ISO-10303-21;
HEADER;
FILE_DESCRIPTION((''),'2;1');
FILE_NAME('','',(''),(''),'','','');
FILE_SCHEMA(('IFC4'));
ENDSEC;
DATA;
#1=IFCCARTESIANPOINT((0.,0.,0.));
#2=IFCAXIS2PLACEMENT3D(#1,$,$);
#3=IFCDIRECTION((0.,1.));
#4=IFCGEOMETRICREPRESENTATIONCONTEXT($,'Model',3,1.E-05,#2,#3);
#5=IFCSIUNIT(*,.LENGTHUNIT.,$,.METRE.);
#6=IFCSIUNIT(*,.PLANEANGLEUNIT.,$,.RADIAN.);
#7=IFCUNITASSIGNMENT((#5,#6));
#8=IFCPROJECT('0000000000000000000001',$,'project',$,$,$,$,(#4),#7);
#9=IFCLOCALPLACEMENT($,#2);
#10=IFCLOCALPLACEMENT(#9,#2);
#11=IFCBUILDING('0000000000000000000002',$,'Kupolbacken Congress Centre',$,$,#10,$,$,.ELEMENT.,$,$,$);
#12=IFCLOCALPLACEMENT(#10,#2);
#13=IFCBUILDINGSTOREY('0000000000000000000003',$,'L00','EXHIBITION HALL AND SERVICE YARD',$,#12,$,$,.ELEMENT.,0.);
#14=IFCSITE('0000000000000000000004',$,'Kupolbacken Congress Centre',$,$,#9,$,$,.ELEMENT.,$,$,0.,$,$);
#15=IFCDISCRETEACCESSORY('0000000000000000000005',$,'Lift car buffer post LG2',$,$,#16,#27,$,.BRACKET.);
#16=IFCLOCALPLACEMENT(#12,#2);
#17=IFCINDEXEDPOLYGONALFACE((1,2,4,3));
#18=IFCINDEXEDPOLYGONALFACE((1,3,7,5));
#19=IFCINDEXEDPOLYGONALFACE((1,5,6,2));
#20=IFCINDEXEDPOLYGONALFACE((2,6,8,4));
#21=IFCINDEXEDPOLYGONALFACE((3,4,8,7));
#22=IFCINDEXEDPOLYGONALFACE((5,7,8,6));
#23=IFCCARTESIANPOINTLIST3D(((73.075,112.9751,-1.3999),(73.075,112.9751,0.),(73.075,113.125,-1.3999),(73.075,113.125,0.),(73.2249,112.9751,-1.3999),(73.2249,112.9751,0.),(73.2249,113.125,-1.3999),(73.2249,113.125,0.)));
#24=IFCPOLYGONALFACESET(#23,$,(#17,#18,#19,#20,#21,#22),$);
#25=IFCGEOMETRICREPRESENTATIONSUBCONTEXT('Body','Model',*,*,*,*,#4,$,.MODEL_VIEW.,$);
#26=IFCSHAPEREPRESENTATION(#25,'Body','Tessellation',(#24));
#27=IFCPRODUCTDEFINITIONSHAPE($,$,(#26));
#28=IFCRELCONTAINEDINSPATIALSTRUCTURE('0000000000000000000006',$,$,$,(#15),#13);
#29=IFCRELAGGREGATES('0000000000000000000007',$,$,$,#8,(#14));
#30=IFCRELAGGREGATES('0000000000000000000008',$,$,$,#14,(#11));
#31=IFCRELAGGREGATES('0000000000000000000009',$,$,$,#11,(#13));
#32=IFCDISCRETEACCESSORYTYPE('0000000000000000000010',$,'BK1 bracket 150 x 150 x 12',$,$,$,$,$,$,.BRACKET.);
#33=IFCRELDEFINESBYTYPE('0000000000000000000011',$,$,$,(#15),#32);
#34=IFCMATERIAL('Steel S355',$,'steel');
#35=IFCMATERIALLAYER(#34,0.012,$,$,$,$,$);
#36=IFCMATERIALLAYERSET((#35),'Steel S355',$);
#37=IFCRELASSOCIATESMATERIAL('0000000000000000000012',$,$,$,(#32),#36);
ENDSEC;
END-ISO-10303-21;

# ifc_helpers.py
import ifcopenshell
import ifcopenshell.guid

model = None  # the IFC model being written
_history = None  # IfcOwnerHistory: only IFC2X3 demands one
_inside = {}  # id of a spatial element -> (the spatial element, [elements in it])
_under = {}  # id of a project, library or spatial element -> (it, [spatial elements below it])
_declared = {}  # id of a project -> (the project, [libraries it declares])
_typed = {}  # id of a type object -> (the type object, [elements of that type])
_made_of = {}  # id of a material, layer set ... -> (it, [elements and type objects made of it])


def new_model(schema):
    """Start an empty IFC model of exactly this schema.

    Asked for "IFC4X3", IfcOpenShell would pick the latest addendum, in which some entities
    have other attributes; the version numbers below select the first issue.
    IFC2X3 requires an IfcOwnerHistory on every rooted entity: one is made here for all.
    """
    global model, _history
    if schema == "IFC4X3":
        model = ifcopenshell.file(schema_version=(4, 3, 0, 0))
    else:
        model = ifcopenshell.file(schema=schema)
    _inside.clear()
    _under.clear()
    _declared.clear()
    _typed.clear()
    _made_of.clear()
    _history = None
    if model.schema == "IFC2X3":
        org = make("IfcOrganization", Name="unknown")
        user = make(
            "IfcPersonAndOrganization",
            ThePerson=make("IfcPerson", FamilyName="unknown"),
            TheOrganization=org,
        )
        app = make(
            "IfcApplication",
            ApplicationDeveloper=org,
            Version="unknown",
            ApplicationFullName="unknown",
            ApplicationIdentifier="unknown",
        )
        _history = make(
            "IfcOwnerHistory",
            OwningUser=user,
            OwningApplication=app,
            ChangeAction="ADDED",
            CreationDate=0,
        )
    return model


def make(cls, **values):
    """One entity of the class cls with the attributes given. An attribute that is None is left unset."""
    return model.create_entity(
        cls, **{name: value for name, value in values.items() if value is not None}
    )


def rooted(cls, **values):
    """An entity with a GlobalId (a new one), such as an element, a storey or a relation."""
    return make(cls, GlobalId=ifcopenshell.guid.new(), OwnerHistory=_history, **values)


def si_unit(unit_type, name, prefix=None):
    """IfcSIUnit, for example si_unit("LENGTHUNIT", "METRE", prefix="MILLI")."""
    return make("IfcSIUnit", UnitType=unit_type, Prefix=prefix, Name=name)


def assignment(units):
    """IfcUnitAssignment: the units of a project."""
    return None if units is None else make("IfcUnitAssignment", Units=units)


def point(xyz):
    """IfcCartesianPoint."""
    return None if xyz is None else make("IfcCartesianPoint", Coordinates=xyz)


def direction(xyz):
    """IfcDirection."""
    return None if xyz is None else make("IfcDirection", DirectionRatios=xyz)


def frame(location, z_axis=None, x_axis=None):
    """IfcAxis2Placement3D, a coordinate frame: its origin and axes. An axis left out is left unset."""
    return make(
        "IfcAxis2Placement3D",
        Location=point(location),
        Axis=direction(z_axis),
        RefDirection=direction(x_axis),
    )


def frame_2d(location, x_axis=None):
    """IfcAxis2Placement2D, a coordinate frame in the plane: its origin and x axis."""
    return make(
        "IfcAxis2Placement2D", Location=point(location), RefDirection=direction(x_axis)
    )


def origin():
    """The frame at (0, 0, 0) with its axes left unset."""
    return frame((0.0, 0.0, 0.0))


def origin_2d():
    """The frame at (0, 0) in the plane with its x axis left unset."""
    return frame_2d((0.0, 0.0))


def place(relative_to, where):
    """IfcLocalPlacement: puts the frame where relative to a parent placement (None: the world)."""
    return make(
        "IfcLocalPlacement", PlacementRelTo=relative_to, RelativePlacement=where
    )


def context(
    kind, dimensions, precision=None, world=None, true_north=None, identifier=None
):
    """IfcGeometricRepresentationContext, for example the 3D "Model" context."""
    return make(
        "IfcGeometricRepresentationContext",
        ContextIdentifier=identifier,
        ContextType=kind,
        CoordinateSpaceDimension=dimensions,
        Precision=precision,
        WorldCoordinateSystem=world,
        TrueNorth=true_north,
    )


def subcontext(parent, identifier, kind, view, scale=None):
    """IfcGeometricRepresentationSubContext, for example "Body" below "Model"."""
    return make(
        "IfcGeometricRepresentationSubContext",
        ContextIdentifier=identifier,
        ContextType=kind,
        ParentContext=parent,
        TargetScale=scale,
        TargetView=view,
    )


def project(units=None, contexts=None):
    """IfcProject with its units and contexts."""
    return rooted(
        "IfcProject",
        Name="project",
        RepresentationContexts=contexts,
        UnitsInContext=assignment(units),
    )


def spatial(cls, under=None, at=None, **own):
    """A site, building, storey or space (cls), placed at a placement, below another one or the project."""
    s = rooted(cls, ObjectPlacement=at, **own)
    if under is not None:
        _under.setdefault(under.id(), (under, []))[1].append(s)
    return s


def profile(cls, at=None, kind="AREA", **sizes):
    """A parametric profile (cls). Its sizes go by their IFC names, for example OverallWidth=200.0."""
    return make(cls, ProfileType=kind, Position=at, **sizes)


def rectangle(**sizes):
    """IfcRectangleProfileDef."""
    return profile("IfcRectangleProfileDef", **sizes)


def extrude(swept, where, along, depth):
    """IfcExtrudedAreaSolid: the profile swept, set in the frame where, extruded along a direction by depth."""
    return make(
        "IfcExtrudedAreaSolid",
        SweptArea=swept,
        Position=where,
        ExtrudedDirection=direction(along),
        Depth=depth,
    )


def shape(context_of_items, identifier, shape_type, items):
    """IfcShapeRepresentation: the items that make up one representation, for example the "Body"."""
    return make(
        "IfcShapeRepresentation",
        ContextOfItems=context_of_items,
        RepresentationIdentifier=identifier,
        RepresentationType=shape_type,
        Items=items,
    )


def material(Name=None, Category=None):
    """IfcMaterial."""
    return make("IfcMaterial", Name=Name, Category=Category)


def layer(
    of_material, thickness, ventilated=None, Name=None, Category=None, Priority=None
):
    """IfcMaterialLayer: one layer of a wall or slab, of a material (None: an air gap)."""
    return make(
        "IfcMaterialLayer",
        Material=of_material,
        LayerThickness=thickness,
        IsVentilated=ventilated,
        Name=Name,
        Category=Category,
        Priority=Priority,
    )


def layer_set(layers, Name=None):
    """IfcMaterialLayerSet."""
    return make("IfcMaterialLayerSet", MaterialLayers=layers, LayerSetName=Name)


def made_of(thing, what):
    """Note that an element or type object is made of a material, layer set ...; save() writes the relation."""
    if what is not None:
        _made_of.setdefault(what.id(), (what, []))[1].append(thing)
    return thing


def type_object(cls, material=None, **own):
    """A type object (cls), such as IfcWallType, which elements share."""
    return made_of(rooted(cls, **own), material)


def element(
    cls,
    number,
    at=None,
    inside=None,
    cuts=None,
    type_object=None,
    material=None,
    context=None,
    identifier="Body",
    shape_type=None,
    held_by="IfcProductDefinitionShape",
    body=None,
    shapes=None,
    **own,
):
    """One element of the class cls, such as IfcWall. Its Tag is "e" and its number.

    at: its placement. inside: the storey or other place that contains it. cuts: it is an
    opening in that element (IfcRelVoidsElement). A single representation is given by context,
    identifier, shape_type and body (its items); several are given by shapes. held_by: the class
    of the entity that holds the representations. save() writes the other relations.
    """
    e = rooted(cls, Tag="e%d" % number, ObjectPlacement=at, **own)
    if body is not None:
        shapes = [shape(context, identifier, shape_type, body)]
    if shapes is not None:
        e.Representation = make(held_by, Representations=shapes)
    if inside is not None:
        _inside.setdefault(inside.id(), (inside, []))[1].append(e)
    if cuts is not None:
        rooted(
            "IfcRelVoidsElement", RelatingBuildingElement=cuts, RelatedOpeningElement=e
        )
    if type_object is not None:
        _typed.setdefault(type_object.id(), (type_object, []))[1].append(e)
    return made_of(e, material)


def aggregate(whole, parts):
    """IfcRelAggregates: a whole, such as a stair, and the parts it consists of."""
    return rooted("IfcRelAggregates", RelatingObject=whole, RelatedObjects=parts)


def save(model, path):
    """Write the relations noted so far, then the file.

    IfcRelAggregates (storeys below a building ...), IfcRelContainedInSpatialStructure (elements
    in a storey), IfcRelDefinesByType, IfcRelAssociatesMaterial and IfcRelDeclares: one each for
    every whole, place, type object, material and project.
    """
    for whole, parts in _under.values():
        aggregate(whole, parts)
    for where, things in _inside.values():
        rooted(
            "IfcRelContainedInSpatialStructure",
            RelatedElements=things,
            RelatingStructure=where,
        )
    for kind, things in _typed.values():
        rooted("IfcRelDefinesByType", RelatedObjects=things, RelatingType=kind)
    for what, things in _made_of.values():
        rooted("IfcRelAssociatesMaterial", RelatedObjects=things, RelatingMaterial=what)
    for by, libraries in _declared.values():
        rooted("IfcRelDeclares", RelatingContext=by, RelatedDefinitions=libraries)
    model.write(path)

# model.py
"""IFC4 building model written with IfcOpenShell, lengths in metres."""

from ifc_helpers import new_model, si_unit, direction, frame, origin, origin_2d, place, context, subcontext, project, spatial, rectangle, extrude, material, layer, layer_set, type_object, element, save


model = new_model("IFC4")

# Units and contexts
model_context = context("Model", 3, precision=1e-05, world=origin(), true_north=direction((0.0, 1.0)))
body_context = subcontext(model_context, "Body", "Model", "MODEL_VIEW")
ifc_project = project(units=[si_unit("LENGTHUNIT", "METRE"), si_unit("PLANEANGLEUNIT", "RADIAN")], contexts=[model_context])

# Site, building, storey
site_placement = place(None, origin())
site = spatial("IfcSite", under=ifc_project, at=site_placement, Name="Kupolbacken Congress Centre", CompositionType="ELEMENT", RefElevation=0.0)
building_placement = place(site_placement, origin())
building = spatial("IfcBuilding", under=site, at=building_placement, Name="Kupolbacken Congress Centre", CompositionType="ELEMENT")
storey_placement = place(building_placement, origin())
storey = spatial("IfcBuildingStorey", under=building, at=storey_placement, Name="L00", Description="EXHIBITION HALL AND SERVICE YARD", CompositionType="ELEMENT", Elevation=0.0)

# Discrete accessory
ifc_material_1 = material(Name="Steel S355", Category="steel")
ifc_layer_1 = layer(ifc_material_1, 0.012)
ifc_layer_set_1 = layer_set([ifc_layer_1], Name="Steel S355")
discrete_accessory_type = type_object("IfcDiscreteAccessoryType", Name="BK1 bracket 150 x 150 x 12", PredefinedType="BRACKET", material=ifc_layer_set_1)
discrete_accessory_placement = place(storey_placement, frame((73.1499, 113.05, -1.3999), z_axis=(0.0, 0.0, 1.0), x_axis=(1.0, 0.0, 0.0)))
element("IfcDiscreteAccessory", 1, at=discrete_accessory_placement, inside=storey, type_object=discrete_accessory_type, Name="Lift car buffer post LG2", PredefinedType="BRACKET", context=body_context, shape_type="SweptSolid", body=[
    extrude(rectangle(XDim=0.1499, YDim=0.1499, at=origin_2d()), origin(), (0.0, 0.0, 1.0), 1.3999),
])

save(model, "model.ifc")
